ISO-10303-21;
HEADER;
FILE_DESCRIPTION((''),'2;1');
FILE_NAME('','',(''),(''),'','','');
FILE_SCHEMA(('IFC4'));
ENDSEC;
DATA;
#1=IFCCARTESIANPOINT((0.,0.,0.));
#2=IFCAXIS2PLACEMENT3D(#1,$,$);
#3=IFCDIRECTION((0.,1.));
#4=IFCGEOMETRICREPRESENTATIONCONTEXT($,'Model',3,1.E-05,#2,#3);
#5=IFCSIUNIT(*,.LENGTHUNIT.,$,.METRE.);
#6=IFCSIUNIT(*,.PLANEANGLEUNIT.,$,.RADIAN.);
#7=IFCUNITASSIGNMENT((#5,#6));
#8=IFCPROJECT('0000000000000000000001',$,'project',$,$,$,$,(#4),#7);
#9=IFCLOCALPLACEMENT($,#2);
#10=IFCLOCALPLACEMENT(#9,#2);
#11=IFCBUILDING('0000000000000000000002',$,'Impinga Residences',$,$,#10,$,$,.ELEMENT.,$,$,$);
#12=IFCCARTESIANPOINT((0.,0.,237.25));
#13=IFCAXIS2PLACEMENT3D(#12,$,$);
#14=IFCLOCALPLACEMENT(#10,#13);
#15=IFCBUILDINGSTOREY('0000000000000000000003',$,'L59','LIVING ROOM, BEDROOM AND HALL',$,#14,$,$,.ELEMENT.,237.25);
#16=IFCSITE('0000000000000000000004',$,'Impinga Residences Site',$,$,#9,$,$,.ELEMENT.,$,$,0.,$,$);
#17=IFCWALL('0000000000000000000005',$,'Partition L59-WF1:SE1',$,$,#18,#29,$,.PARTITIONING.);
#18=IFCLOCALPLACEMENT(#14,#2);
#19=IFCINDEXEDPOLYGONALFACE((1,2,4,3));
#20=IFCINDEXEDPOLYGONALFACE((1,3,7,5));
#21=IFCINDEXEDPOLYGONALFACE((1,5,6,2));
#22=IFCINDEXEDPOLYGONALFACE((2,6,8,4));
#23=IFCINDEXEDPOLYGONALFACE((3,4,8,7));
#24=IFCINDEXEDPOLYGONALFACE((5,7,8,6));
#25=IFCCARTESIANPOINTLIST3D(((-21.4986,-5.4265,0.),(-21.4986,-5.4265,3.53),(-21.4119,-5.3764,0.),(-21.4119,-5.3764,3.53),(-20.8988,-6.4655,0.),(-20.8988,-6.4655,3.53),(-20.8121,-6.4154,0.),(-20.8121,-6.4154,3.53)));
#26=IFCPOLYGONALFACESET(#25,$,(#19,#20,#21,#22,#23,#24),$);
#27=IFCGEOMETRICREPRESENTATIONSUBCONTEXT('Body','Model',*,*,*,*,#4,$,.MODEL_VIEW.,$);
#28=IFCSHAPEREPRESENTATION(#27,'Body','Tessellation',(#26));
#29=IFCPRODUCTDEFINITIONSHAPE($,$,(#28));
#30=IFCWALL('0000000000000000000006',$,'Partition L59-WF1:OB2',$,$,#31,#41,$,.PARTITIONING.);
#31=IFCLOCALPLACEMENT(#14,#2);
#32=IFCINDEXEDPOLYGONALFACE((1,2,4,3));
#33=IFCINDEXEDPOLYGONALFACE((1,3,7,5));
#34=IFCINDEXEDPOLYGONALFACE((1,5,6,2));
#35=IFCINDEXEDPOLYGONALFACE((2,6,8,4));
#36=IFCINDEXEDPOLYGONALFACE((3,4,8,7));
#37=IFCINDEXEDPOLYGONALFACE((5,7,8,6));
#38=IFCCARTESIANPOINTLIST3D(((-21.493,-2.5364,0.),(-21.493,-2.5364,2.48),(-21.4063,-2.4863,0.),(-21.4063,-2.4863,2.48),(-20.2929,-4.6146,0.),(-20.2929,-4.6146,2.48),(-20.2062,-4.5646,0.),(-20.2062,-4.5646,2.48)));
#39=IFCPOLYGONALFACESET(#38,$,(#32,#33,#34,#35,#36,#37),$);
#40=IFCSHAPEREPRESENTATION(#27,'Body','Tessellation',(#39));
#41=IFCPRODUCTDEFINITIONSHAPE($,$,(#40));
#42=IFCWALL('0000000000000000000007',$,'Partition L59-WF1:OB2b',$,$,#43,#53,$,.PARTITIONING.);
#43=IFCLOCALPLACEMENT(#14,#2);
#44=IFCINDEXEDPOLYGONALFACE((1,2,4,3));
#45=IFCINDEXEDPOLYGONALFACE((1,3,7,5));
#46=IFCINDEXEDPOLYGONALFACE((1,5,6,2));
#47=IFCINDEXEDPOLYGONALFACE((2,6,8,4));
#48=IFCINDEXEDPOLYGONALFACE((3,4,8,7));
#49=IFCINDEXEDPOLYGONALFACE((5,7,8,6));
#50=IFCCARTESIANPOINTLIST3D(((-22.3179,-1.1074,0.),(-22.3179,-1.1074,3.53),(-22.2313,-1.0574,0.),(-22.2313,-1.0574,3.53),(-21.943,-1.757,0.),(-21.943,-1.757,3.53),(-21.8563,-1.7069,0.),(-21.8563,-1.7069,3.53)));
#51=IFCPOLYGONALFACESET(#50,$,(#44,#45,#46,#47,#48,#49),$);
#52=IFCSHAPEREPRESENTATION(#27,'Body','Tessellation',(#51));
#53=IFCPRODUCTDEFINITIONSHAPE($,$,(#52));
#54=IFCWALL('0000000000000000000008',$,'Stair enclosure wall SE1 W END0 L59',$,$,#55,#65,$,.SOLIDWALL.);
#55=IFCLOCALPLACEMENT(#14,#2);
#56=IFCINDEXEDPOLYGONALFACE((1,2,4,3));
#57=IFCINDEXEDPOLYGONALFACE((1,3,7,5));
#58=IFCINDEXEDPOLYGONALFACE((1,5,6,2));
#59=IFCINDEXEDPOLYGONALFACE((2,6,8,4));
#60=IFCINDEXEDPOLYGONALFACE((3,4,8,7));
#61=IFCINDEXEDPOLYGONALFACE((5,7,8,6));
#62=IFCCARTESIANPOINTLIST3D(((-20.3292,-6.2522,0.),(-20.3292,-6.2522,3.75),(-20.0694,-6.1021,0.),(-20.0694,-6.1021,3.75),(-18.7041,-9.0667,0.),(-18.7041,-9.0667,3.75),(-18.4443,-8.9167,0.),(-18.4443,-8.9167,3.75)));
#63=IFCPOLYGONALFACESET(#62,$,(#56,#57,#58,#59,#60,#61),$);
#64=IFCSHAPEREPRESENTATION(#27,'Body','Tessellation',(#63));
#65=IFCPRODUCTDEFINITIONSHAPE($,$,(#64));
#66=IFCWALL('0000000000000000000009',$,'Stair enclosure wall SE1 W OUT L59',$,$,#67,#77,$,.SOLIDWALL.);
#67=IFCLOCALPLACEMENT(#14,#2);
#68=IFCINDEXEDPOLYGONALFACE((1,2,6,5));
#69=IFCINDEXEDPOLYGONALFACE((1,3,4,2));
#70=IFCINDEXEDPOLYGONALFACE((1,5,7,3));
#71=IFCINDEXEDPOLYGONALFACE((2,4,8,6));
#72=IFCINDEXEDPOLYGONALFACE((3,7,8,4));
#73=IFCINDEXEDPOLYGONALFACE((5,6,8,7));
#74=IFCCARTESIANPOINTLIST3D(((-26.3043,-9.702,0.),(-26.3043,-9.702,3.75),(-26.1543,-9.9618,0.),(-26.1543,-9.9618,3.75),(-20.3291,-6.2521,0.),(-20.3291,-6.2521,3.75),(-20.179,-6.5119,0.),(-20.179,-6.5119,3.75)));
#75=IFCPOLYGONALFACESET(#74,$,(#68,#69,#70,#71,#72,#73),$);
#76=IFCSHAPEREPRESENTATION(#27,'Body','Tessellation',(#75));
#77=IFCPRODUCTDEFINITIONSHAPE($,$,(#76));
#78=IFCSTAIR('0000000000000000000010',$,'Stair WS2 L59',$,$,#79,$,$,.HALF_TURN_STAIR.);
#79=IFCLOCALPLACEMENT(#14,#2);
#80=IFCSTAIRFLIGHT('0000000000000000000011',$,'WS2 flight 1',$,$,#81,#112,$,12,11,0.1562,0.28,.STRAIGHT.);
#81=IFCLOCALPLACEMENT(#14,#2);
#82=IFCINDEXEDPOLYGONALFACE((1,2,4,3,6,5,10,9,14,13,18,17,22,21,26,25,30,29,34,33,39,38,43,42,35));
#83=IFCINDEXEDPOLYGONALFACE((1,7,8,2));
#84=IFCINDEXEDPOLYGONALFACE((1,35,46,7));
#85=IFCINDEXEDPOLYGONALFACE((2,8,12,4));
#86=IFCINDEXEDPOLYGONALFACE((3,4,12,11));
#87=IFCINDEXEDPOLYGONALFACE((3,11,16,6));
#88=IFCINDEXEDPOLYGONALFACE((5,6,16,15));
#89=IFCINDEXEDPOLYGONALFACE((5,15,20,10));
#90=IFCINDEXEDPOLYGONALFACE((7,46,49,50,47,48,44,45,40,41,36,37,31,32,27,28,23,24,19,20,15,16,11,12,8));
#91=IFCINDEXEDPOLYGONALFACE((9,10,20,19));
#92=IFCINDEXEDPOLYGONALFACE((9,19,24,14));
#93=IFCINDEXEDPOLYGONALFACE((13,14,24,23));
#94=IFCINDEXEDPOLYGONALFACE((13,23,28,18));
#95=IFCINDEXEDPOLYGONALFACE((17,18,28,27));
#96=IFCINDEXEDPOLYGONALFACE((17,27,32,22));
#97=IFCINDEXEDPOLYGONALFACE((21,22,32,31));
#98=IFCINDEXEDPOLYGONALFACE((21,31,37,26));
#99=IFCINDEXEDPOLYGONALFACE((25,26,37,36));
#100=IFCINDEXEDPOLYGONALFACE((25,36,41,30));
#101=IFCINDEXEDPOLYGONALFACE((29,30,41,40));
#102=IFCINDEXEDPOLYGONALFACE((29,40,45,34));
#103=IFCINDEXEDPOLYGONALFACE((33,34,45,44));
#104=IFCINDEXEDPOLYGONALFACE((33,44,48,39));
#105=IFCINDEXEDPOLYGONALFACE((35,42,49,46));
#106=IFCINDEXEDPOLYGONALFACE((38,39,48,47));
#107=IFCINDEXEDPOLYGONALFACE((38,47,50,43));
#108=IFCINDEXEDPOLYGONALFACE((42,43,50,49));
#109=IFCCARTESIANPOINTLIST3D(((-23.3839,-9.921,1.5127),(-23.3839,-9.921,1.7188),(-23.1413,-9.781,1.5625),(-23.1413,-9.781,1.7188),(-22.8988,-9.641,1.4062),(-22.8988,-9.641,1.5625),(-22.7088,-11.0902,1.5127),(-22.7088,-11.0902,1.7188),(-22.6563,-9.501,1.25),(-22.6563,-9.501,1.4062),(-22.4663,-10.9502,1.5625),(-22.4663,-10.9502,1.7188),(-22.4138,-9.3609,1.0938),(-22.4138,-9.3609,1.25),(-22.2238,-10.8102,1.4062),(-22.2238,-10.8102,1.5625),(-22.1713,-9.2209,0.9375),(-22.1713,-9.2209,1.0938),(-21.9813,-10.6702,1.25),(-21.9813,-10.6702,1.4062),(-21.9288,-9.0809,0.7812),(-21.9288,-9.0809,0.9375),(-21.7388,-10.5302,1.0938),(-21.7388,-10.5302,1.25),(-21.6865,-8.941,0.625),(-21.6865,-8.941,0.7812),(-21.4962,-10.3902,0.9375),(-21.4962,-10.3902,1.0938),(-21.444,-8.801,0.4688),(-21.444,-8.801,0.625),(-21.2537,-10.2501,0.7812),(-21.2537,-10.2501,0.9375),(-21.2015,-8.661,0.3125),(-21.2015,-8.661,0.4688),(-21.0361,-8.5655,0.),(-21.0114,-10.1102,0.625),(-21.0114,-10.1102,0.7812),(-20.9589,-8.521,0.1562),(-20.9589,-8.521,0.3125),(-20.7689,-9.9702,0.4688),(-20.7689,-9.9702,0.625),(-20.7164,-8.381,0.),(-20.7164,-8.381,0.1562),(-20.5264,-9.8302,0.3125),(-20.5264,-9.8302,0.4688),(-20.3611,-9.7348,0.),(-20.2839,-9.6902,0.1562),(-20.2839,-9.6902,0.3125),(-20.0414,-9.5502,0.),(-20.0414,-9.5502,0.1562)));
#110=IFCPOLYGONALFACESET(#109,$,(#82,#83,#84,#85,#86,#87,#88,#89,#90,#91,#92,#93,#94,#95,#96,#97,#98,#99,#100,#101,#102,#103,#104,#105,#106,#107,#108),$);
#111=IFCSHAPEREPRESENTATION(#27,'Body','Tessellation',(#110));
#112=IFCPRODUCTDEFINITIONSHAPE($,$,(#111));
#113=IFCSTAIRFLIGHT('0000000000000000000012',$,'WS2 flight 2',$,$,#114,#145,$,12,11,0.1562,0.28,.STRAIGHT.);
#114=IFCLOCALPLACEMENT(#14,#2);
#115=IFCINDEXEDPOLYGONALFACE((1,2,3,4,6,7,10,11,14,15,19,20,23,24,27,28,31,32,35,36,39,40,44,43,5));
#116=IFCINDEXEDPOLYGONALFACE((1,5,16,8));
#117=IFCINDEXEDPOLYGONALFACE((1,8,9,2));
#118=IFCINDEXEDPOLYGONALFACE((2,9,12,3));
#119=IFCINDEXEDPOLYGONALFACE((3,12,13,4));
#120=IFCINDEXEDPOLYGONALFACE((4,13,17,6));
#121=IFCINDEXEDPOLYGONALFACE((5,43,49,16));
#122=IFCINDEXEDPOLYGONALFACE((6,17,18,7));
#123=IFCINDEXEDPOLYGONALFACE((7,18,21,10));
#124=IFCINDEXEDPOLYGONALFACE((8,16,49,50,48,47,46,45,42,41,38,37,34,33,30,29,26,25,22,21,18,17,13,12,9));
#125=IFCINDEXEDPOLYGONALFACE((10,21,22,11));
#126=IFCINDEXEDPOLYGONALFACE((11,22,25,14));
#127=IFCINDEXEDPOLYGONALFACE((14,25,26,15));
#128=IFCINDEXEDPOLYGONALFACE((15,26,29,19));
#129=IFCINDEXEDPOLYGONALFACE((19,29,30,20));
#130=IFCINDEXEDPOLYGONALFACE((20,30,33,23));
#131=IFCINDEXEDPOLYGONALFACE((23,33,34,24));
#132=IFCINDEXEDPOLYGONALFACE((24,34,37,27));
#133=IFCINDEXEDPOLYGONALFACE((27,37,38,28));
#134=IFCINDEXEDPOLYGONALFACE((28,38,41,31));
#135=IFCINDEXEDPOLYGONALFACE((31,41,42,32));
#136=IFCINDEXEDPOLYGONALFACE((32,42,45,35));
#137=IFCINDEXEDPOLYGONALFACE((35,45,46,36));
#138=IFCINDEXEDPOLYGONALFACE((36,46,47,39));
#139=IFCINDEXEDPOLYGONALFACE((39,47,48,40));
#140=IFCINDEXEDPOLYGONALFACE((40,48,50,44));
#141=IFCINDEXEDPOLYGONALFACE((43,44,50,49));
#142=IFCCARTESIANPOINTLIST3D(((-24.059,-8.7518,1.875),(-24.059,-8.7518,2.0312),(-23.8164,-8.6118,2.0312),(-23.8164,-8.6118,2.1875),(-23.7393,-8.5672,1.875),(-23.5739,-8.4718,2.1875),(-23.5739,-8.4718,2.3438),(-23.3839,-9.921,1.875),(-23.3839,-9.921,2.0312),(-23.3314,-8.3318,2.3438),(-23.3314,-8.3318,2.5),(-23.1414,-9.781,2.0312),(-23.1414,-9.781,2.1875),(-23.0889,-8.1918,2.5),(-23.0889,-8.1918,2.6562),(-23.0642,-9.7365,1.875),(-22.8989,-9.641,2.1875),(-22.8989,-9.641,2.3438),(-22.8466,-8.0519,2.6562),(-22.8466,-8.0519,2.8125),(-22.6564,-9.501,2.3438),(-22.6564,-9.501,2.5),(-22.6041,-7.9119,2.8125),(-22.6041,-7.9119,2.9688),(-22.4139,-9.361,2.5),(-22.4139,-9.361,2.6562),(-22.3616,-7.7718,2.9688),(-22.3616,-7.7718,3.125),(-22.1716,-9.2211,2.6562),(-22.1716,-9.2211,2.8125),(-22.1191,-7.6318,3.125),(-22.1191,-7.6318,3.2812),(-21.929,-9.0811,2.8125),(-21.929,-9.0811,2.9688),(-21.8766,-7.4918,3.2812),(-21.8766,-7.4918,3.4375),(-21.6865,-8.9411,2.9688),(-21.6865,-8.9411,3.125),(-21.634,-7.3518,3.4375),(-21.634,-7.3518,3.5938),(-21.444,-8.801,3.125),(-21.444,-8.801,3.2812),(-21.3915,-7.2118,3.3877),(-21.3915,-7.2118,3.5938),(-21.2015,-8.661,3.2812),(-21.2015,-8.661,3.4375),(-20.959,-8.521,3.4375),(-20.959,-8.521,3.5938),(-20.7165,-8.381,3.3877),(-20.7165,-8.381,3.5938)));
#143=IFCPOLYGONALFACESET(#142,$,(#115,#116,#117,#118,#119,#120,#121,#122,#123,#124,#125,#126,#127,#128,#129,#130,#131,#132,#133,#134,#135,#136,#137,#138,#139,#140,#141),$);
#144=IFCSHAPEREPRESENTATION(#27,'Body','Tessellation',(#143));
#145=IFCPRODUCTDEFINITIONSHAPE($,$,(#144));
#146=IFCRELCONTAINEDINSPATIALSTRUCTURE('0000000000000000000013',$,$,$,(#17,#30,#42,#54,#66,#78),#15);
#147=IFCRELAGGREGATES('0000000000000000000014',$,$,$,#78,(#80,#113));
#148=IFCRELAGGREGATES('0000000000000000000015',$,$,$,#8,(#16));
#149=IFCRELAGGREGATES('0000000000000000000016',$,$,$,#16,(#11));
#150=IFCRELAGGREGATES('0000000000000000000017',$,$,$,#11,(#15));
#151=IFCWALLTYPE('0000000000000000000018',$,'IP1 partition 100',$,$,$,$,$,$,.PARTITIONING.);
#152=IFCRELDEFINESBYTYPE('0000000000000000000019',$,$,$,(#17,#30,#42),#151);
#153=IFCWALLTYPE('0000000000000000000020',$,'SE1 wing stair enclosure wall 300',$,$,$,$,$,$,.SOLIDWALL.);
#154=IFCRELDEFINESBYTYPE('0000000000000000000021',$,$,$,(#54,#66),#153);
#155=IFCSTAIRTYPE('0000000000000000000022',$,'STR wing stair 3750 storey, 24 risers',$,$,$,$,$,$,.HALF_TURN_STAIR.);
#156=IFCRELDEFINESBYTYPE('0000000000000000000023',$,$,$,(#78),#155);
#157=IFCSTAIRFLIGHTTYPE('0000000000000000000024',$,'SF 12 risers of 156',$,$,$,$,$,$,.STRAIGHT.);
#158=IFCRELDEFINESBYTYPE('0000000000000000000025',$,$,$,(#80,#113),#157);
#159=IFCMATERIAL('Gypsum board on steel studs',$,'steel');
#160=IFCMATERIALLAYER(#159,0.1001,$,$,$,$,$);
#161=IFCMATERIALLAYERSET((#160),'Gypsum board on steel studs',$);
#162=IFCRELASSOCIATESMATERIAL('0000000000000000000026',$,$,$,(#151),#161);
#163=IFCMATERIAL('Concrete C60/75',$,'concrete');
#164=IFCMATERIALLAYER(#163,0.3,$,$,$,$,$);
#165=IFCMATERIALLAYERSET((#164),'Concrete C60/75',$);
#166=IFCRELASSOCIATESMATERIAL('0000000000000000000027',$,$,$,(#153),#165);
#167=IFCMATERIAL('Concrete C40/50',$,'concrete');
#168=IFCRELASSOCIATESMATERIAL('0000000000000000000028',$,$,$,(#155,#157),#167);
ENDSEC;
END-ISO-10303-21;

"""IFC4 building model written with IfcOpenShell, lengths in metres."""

from ifc_helpers import new_model, si_unit, direction, frame, frame_2d, origin, place, context, subcontext, project, spatial, polyline, rectangle, outline, extrude, material, layer, layer_set, type_object, element, aggregate, save


model = new_model("IFC4")

# Units and contexts
model_context = context("Model", 3, precision=1e-05, world=origin(), true_north=direction((0.0, 1.0)))
body_context = subcontext(model_context, "Body", "Model", "MODEL_VIEW")
ifc_project = project(units=[si_unit("LENGTHUNIT", "METRE"), si_unit("PLANEANGLEUNIT", "RADIAN")], contexts=[model_context])

# Site, building, storey
site_placement = place(None, origin())
site = spatial("IfcSite", under=ifc_project, at=site_placement, Name="Impinga Residences Site", CompositionType="ELEMENT", RefElevation=0.0)
building_placement = place(site_placement, origin())
building = spatial("IfcBuilding", under=site, at=building_placement, Name="Impinga Residences", CompositionType="ELEMENT")
storey_placement = place(building_placement, frame((0.0, 0.0, 237.25)))
storey = spatial("IfcBuildingStorey", under=building, at=storey_placement, Name="L59", Description="LIVING ROOM, BEDROOM AND HALL", CompositionType="ELEMENT", Elevation=237.25)

# Shared definitions
ifc_material_1 = material(Name="Concrete C60/75", Category="concrete")

# Walls
ifc_material_2 = material(Name="Gypsum board on steel studs", Category="steel")
ifc_layer_1 = layer(ifc_material_2, 0.1001)
ifc_layer_set_1 = layer_set([ifc_layer_1], Name="Gypsum board on steel studs")
wall_type_1 = type_object("IfcWallType", Name="IP1 partition 100", PredefinedType="PARTITIONING", material=ifc_layer_set_1)
wall_1_placement = place(storey_placement, frame((-20.8555, -6.4404, 0.0), z_axis=(0.0, 0.0, 1.0), x_axis=(-0.499969, 0.866043, 0.0)))
element("IfcWall", 1, at=wall_1_placement, inside=storey, type_object=wall_type_1, Name="Partition L59-WF1:SE1", PredefinedType="PARTITIONING", context=body_context, shape_type="SweptSolid", body=[
    extrude(rectangle(XDim=1.1997, YDim=0.1001, at=frame_2d((0.5999, 0.0))), origin(), (0.0, 0.0, 1.0), 3.53),
])
wall_2_placement = place(storey_placement, frame((-20.2495, -4.5896, 0.0), z_axis=(0.0, 0.0, 1.0), x_axis=(-0.500078, 0.865981, 0.0)))
element("IfcWall", 2, at=wall_2_placement, inside=storey, type_object=wall_type_1, Name="Partition L59-WF1:OB2", PredefinedType="PARTITIONING", context=body_context, shape_type="SweptSolid", body=[
    extrude(rectangle(XDim=2.3999, YDim=0.1001, at=frame_2d((1.2, 0.0))), origin(), (0.0, 0.0, 1.0), 2.48),
])
wall_3_placement = place(storey_placement, frame((-21.8997, -1.7319, 0.0), z_axis=(0.0, 0.0, 1.0), x_axis=(-0.49992, 0.866072, 0.0)))
element("IfcWall", 3, at=wall_3_placement, inside=storey, type_object=wall_type_1, Name="Partition L59-WF1:OB2b", PredefinedType="PARTITIONING", context=body_context, shape_type="SweptSolid", body=[
    extrude(rectangle(XDim=0.75, YDim=0.1001, at=frame_2d((0.375, 0.0))), origin(), (0.0, 0.0, 1.0), 3.53),
])
ifc_layer_2 = layer(ifc_material_1, 0.3)
ifc_layer_set_2 = layer_set([ifc_layer_2], Name="Concrete C60/75")
wall_type_2 = type_object("IfcWallType", Name="SE1 wing stair enclosure wall 300", PredefinedType="SOLIDWALL", material=ifc_layer_set_2)
wall_4_placement = place(storey_placement, frame((-18.5742, -8.9917, 0.0), z_axis=(0.0, 0.0, 1.0), x_axis=(-0.500017, 0.866015, 0.0)))
element("IfcWall", 4, at=wall_4_placement, inside=storey, type_object=wall_type_2, Name="Stair enclosure wall SE1 W END0 L59", PredefinedType="SOLIDWALL", context=body_context, shape_type="SweptSolid", body=[
    extrude(rectangle(XDim=3.25, YDim=0.3, at=frame_2d((1.625, 0.0))), origin(), (0.0, 0.0, 1.0), 3.75),
])
wall_5_placement = place(storey_placement, frame((-20.2542, -6.3821, 0.0), z_axis=(0.0, 0.0, 1.0), x_axis=(-0.86602, -0.500009, 0.0)))
element("IfcWall", 5, at=wall_5_placement, inside=storey, type_object=wall_type_2, Name="Stair enclosure wall SE1 W OUT L59", PredefinedType="SOLIDWALL", context=body_context, shape_type="SweptSolid", body=[
    extrude(rectangle(XDim=6.8997, YDim=0.3, at=frame_2d((3.4497, 0.0))), origin(), (0.0, 0.0, 1.0), 3.75),
])

# Stair, stair flights
ifc_material_3 = material(Name="Concrete C40/50", Category="concrete")
stair_type = type_object("IfcStairType", Name="STR wing stair 3750 storey, 24 risers", PredefinedType="HALF_TURN_STAIR", material=ifc_material_3)
stair_placement = place(storey_placement, origin())
stair = element("IfcStair", 6, at=stair_placement, inside=storey, type_object=stair_type, Name="Stair WS2 L59", PredefinedType="HALF_TURN_STAIR")
stair_flight_type = type_object("IfcStairFlightType", Name="SF 12 risers of 156", PredefinedType="STRAIGHT", material=ifc_material_3)
stair_flight_1_placement = place(storey_placement, frame((-20.3789, -8.9656, 0.0), z_axis=(0.0, 0.0, 1.0), x_axis=(-0.866025, -0.5, 0.0)))
stair_flight_1 = element("IfcStairFlight", 7, at=stair_flight_1_placement, type_object=stair_flight_type, Name="WS2 flight 1", NumberOfRisers=12, NumberOfTreads=11, PredefinedType="STRAIGHT", RiserHeight=0.1562, TreadLength=0.28, context=body_context, shape_type="SweptSolid", body=[
    extrude(outline(polyline([(0.0, 0.0), (0.0, 0.1562), (0.28, 0.1562), (0.28, 0.3125), (0.5601, 0.3125), (0.5601, 0.4688), (0.8401, 0.4688), (0.8401, 0.625), (1.1201, 0.625), (1.1201, 0.7812), (1.3999, 0.7812), (1.3999, 0.9375), (1.6799, 0.9375), (1.6799, 1.0938), (1.96, 1.0938), (1.96, 1.25), (2.24, 1.25), (2.24, 1.4062), (2.52, 1.4062), (2.52, 1.5625), (2.8, 1.5625), (2.8, 1.7188), (3.0801, 1.7188), (3.0801, 1.875), (3.0801, 1.5127), (0.3691, 0.0), (0.0, 0.0)])), frame((0.0, 0.675, 0.0), z_axis=(0.0, -1.0, 0.0), x_axis=(1.0, 0.0, 0.0)), (0.0, 0.0, 1.0), 1.3501),
])
stair_flight_2_placement = place(storey_placement, frame((-23.7214, -9.3364, 1.875), z_axis=(0.0, 0.0, 1.0), x_axis=(0.866025, 0.5, 0.0)))
stair_flight_2 = element("IfcStairFlight", 8, at=stair_flight_2_placement, type_object=stair_flight_type, Name="WS2 flight 2", NumberOfRisers=12, NumberOfTreads=11, PredefinedType="STRAIGHT", RiserHeight=0.1562, TreadLength=0.28, context=body_context, shape_type="SweptSolid", body=[
    extrude(outline(polyline([(0.0, 0.0), (0.0, 0.1562), (0.28, 0.1562), (0.28, 0.3125), (0.5601, 0.3125), (0.5601, 0.4688), (0.8401, 0.4688), (0.8401, 0.625), (1.1201, 0.625), (1.1201, 0.7812), (1.3999, 0.7812), (1.3999, 0.9375), (1.6799, 0.9375), (1.6799, 1.0938), (1.96, 1.0938), (1.96, 1.25), (2.24, 1.25), (2.24, 1.4062), (2.52, 1.4062), (2.52, 1.5625), (2.8, 1.5625), (2.8, 1.7188), (3.0801, 1.7188), (3.0801, 1.875), (3.0801, 1.5127), (0.3691, 0.0), (0.0, 0.0)])), frame((0.0, 0.675, 0.0), z_axis=(0.0, -1.0, 0.0), x_axis=(1.0, 0.0, 0.0)), (0.0, 0.0, 1.0), 1.3501),
])
aggregate(stair, [stair_flight_1, stair_flight_2])

save(model, "model.ifc")
